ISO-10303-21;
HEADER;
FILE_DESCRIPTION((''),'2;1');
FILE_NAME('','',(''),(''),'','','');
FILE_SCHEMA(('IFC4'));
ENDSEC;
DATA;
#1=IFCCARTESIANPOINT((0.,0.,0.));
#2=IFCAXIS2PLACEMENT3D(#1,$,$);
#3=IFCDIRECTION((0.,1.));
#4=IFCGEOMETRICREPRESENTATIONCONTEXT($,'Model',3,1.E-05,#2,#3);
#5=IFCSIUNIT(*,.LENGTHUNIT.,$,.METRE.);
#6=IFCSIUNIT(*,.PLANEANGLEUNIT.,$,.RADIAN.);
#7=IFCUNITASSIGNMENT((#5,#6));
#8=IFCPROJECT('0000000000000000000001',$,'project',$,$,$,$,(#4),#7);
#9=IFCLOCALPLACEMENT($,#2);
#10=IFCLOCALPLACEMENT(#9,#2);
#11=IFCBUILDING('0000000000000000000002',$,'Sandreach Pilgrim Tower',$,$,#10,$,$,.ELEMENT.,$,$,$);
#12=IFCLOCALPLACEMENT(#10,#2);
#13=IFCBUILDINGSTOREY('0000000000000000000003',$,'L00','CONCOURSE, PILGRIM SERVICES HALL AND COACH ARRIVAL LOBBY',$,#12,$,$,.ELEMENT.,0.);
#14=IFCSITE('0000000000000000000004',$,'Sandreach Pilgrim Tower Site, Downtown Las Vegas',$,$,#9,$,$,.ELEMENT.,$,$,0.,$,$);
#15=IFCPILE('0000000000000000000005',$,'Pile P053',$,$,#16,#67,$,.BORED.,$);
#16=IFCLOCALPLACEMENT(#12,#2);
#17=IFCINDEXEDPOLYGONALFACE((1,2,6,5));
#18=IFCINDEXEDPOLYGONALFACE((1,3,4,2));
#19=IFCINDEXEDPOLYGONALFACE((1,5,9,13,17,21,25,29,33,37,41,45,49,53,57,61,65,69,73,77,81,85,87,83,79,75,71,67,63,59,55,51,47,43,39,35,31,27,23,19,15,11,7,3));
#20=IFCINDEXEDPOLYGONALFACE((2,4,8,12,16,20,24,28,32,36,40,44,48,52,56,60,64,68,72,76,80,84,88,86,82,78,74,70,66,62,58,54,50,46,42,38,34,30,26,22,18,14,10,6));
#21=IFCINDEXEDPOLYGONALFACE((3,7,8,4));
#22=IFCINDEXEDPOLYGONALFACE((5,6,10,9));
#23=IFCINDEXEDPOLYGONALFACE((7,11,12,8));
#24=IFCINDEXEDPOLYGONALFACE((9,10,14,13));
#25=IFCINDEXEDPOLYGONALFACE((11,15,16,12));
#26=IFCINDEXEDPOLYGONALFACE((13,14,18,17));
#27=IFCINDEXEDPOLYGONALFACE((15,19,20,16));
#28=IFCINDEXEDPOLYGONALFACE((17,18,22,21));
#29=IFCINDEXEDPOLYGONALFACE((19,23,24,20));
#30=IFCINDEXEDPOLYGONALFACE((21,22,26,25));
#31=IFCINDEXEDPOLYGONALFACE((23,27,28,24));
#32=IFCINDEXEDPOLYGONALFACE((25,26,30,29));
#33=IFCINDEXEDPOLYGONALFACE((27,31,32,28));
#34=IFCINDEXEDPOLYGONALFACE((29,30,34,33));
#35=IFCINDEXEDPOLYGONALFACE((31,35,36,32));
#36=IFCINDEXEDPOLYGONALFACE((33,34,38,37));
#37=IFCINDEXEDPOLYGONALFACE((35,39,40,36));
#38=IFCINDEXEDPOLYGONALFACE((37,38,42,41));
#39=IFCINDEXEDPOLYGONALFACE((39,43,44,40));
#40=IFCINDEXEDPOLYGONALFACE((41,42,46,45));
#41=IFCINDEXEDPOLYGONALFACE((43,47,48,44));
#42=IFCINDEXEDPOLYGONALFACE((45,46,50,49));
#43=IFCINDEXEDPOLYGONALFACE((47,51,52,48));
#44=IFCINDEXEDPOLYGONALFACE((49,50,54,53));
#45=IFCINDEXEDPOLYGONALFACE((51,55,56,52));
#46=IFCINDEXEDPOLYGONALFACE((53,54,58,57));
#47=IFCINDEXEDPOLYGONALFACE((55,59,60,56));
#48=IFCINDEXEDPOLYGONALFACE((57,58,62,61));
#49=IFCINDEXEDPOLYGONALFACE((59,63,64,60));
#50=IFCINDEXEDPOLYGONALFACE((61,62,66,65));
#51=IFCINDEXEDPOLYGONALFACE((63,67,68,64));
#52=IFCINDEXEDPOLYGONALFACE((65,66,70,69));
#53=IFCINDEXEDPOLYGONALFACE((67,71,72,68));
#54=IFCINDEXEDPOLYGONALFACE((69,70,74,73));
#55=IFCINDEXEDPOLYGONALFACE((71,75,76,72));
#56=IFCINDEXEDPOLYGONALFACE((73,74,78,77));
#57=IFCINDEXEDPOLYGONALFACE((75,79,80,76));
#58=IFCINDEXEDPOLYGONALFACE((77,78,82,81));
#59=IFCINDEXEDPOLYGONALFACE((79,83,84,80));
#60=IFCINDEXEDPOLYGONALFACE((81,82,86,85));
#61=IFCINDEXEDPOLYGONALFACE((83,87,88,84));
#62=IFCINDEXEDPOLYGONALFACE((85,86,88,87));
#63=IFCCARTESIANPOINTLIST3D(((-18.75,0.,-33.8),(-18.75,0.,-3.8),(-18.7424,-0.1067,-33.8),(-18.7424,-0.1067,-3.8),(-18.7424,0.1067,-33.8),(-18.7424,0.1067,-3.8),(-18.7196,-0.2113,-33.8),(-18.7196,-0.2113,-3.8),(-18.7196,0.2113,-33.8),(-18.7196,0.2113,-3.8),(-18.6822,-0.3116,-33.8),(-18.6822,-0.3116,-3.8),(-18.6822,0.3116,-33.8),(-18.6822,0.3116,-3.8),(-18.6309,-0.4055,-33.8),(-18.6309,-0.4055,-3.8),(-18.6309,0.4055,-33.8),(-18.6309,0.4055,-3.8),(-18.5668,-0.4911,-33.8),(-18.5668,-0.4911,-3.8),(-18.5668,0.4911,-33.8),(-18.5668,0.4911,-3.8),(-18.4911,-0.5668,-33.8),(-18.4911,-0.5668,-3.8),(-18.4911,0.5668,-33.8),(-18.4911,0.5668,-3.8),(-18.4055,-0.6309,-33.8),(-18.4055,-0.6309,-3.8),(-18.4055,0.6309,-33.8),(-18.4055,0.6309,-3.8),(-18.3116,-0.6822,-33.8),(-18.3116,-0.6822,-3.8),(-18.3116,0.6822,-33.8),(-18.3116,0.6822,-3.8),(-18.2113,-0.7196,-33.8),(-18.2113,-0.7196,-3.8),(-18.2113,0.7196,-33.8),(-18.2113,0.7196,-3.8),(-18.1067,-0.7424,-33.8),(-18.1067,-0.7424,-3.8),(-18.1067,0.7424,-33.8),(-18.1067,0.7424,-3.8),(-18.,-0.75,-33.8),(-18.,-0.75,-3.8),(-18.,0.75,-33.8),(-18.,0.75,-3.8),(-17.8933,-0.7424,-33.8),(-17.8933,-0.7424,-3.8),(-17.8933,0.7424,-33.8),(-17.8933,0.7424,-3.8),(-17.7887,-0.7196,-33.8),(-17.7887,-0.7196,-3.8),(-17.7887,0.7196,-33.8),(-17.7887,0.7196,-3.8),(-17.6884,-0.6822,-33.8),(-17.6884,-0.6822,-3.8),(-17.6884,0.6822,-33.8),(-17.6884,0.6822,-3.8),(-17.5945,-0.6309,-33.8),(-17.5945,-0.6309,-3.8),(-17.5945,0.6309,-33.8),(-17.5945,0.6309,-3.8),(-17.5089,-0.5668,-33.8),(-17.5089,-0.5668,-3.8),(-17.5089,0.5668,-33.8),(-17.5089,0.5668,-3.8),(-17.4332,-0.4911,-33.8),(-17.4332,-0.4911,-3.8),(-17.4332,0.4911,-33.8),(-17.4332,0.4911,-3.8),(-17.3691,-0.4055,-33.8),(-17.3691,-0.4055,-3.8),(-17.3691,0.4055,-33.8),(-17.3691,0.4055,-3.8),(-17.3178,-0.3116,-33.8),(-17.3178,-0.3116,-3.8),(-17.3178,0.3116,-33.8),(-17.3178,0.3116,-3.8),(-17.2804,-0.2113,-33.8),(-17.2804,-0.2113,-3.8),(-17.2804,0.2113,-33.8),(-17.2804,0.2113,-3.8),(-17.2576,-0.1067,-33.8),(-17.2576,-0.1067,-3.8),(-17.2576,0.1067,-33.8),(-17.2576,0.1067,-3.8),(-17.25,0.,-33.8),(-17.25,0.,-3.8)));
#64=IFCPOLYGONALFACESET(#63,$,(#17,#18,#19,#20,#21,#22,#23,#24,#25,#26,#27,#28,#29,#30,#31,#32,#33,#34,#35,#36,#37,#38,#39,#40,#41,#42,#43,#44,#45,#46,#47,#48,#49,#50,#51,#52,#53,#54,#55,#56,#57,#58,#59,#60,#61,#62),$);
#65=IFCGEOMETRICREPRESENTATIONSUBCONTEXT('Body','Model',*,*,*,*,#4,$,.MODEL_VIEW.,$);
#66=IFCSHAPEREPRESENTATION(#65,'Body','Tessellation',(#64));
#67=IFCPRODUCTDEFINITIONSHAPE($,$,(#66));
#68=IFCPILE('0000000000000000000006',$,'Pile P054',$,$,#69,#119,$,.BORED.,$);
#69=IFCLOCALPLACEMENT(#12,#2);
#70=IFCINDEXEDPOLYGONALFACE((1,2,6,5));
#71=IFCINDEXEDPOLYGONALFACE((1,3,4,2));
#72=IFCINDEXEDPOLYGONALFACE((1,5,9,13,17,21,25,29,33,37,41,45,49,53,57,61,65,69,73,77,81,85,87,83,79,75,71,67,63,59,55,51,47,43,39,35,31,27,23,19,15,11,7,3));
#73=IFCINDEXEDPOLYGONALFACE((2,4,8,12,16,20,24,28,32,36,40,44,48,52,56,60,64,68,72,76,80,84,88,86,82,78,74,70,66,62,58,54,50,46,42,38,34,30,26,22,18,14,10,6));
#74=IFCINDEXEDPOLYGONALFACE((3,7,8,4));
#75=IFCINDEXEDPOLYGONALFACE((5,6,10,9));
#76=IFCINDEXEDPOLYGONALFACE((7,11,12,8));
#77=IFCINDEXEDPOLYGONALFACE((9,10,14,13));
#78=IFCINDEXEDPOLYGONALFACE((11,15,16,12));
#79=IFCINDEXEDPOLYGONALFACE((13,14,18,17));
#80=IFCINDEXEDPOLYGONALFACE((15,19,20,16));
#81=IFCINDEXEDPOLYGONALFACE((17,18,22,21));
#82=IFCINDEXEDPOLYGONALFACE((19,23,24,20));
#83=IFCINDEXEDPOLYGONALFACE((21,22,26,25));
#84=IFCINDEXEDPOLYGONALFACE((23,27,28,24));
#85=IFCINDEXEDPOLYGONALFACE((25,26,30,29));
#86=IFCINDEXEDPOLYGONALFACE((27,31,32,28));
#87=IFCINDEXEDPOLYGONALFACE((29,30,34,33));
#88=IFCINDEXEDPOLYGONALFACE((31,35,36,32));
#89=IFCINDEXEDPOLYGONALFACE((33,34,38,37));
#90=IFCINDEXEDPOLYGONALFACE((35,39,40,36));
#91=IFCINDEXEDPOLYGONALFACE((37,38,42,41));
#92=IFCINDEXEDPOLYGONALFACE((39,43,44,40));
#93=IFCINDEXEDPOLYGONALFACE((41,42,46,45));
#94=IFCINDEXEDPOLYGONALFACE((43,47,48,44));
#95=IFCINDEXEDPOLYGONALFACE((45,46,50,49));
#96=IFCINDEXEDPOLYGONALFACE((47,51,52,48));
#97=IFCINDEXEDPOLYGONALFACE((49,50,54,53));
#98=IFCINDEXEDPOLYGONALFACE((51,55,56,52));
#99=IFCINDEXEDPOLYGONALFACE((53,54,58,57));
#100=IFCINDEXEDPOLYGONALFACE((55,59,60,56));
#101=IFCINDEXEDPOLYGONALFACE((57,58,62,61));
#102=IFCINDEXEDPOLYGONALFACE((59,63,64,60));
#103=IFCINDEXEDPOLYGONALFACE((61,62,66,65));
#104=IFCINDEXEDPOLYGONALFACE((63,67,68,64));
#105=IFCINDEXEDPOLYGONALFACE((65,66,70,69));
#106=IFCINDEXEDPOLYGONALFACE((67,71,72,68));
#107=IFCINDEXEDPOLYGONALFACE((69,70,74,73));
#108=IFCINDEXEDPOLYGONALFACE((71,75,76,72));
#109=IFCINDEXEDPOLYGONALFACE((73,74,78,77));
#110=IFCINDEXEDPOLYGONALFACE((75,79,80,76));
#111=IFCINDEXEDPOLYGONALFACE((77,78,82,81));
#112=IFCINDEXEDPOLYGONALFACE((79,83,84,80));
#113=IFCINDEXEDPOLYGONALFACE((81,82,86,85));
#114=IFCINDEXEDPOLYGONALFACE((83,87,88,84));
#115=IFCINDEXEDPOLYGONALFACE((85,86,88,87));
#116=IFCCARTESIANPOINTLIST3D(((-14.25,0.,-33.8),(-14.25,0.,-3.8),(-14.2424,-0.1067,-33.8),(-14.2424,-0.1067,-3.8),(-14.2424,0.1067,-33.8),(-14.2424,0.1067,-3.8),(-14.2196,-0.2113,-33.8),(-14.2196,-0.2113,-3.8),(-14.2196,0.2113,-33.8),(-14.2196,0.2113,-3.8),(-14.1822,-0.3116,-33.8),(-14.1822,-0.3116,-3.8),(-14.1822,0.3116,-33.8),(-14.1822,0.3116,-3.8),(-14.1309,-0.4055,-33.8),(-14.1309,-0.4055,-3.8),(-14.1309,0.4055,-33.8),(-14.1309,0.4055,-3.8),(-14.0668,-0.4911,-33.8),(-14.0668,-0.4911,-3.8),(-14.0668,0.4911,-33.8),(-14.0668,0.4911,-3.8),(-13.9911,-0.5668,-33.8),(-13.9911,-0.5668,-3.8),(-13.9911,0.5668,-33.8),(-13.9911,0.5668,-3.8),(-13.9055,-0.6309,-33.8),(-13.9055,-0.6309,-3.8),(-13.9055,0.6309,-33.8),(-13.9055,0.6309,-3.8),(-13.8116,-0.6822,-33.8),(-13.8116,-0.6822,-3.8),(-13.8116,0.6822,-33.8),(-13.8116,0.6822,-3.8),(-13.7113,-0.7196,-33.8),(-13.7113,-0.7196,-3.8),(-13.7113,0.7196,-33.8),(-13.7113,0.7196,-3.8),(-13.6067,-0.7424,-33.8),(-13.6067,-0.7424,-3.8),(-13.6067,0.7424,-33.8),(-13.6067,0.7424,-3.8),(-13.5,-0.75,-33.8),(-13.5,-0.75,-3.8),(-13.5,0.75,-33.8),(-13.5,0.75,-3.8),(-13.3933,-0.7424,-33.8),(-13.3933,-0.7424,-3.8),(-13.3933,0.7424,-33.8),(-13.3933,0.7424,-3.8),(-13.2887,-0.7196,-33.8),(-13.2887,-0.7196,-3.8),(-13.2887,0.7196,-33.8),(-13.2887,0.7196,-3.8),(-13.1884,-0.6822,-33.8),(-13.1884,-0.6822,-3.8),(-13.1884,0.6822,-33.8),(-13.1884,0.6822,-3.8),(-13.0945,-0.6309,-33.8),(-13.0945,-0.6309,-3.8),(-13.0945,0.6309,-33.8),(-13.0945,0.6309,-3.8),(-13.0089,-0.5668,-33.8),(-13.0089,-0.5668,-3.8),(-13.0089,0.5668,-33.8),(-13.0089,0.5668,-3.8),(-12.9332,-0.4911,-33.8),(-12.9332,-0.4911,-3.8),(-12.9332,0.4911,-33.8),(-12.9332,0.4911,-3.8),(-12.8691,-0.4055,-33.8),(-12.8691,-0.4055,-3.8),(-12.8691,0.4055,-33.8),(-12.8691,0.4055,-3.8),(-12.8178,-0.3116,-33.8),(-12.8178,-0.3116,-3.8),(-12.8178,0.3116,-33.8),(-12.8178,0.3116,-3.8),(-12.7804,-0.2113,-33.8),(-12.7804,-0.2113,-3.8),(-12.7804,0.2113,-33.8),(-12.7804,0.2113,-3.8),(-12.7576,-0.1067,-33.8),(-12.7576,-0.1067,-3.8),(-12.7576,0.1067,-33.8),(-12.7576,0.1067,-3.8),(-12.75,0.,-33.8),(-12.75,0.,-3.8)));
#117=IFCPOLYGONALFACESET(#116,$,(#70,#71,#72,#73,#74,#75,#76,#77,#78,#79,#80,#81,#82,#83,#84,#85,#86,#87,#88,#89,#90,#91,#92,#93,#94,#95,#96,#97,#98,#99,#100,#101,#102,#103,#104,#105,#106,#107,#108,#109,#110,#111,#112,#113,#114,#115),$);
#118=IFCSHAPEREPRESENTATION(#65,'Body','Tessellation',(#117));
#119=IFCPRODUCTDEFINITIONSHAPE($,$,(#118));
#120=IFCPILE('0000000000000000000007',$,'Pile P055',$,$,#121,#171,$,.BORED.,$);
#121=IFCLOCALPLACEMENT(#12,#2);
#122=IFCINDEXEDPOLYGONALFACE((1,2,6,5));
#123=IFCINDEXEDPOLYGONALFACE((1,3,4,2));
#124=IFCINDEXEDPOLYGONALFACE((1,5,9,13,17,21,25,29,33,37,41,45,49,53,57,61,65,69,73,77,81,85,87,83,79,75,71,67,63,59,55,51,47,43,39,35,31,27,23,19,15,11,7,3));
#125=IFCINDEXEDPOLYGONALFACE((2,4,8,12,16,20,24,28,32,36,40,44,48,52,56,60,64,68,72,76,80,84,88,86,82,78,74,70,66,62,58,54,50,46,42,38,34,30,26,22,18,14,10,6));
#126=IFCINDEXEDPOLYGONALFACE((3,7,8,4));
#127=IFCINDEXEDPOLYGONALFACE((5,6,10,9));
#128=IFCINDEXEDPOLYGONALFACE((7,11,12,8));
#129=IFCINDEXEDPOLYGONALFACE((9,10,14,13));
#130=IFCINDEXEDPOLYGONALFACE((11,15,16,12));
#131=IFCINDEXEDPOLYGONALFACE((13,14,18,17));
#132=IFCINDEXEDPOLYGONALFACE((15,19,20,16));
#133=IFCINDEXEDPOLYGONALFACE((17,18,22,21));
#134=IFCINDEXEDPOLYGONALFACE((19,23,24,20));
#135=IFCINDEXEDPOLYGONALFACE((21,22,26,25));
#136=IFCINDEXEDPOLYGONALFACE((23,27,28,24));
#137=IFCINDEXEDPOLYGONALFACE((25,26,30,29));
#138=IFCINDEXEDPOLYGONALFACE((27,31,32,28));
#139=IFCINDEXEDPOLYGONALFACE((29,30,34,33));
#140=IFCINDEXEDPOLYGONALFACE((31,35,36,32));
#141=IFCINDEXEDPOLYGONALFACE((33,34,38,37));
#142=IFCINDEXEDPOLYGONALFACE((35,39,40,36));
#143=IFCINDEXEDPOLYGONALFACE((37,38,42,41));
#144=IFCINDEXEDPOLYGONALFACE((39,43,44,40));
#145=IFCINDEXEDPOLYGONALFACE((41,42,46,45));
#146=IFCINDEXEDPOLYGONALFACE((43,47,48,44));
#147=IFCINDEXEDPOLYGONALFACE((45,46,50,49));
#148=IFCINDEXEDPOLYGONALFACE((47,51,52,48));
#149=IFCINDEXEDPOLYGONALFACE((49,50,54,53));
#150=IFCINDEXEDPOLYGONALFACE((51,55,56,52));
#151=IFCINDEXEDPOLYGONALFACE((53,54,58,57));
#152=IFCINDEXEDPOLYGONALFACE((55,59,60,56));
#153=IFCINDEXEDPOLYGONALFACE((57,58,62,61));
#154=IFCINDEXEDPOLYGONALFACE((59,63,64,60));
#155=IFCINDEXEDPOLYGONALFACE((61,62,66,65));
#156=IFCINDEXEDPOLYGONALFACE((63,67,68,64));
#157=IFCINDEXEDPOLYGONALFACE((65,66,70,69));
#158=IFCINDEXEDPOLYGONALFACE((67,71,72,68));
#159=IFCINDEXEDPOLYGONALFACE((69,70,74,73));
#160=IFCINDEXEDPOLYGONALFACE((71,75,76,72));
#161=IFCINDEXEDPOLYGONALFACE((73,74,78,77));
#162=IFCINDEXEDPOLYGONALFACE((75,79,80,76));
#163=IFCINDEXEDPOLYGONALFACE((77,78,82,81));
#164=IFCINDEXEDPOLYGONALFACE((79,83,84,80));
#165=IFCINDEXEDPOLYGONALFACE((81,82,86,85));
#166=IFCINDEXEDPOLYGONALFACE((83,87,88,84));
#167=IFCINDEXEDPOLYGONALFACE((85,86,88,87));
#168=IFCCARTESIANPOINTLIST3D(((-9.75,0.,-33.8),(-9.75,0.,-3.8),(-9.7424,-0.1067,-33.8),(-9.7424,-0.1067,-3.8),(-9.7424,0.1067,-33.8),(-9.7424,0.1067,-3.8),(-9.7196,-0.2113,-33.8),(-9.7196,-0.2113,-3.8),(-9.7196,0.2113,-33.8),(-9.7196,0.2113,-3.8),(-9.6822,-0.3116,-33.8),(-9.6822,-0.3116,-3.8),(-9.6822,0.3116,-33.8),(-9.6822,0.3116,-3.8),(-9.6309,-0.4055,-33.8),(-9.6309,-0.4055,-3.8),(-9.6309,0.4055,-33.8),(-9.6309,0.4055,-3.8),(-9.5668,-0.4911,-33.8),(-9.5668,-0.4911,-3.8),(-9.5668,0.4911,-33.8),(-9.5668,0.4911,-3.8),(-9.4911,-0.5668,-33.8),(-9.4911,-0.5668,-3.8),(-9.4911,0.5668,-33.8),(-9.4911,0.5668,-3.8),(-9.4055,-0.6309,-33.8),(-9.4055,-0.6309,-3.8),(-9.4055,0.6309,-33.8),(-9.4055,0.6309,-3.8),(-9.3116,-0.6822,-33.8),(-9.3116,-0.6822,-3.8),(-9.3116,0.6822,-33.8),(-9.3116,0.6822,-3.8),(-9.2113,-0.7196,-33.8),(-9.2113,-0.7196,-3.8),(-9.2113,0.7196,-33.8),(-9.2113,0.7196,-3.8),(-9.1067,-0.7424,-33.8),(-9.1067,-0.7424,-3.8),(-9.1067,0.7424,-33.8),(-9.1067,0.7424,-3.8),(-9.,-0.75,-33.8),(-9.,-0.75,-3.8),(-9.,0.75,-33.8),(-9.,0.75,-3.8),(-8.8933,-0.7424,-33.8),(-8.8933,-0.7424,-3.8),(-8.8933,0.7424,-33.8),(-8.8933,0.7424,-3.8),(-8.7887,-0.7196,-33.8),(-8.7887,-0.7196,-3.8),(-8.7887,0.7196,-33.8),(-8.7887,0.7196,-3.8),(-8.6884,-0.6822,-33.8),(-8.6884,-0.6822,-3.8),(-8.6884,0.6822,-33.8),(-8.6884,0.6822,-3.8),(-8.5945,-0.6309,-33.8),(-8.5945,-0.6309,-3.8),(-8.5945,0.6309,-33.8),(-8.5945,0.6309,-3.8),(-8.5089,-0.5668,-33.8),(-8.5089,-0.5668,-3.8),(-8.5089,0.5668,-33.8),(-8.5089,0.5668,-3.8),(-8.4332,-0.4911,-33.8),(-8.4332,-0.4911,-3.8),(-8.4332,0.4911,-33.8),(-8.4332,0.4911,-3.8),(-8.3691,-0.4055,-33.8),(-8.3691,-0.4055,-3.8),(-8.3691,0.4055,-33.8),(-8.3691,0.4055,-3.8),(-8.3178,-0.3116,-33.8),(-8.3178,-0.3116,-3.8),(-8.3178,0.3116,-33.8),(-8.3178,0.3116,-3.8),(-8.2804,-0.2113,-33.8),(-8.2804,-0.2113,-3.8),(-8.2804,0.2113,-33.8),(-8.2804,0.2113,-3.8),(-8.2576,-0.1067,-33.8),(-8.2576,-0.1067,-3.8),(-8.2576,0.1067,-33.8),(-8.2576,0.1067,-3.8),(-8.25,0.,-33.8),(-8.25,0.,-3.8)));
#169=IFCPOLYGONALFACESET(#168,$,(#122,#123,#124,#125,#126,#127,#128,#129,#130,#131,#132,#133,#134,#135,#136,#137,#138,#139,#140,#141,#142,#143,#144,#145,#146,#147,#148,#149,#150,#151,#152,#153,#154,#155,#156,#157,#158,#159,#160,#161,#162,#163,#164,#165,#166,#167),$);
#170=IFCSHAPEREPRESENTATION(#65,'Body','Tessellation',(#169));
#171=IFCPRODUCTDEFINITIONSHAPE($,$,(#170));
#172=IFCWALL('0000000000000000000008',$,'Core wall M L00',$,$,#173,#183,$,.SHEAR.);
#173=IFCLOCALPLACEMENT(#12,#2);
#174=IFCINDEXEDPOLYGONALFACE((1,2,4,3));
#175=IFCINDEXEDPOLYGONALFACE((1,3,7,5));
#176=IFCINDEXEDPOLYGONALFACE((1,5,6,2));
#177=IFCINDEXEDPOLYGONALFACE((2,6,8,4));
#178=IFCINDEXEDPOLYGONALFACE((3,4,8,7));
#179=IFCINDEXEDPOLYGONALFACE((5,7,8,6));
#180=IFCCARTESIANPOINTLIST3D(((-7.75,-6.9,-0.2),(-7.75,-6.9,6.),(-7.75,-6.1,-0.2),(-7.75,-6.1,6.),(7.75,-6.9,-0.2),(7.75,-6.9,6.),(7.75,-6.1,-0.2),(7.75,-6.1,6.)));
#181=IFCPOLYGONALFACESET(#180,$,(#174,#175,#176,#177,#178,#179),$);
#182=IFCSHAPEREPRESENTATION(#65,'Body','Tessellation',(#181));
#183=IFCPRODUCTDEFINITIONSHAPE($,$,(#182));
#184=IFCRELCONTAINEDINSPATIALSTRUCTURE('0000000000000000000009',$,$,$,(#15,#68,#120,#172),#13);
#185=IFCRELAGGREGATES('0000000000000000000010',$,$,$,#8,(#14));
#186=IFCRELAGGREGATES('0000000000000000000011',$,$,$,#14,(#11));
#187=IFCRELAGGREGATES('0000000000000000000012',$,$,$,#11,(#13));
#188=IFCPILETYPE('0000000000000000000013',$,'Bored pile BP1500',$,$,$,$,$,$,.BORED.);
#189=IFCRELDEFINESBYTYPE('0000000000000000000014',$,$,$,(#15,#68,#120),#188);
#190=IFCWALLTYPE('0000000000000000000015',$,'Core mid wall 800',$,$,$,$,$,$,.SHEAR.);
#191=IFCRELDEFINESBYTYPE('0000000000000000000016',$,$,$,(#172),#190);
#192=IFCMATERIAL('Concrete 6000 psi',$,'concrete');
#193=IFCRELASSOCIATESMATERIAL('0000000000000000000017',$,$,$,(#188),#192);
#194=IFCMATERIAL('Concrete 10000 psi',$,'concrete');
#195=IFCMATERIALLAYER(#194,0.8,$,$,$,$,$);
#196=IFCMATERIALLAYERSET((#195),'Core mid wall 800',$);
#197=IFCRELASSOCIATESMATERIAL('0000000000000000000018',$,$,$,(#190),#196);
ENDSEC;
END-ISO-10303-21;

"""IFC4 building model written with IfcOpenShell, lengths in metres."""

from ifc_helpers import new_model, si_unit, direction, frame, frame_2d, origin, origin_2d, place, context, subcontext, project, spatial, rectangle, circle, extrude, material, layer, layer_set, material_profile, profile_set, type_object, element, save


model = new_model("IFC4")

# Units and contexts
model_context = context("Model", 3, precision=1e-05, world=origin(), true_north=direction((0.0, 1.0)))
body_context = subcontext(model_context, "Body", "Model", "MODEL_VIEW")
ifc_project = project(units=[si_unit("LENGTHUNIT", "METRE"), si_unit("PLANEANGLEUNIT", "RADIAN")], contexts=[model_context])

# Site, building, storey
site_placement = place(None, origin())
site = spatial("IfcSite", under=ifc_project, at=site_placement, Name="Sandreach Pilgrim Tower Site, Downtown Las Vegas", CompositionType="ELEMENT", RefElevation=0.0)
building_placement = place(site_placement, origin())
building = spatial("IfcBuilding", under=site, at=building_placement, Name="Sandreach Pilgrim Tower", CompositionType="ELEMENT")
storey_placement = place(building_placement, origin())
storey = spatial("IfcBuildingStorey", under=building, at=storey_placement, Name="L00", Description="CONCOURSE, PILGRIM SERVICES HALL AND COACH ARRIVAL LOBBY", CompositionType="ELEMENT", Elevation=0.0)

# Piles
ifc_material_1 = material(Name="Concrete 6000 psi", Category="concrete")
ifc_material_profile = material_profile(ifc_material_1, circle(Radius=0.75, at=origin_2d()), Name="BP1500")
ifc_profile_set = profile_set([ifc_material_profile], Name="Concrete 6000 psi")
pile_type = type_object("IfcPileType", Name="Bored pile BP1500", PredefinedType="BORED", material=ifc_profile_set)
for number, where, z_axis, x_axis, name in (
    (1, (-18.0, 0.0, -3.8), (0.0, 0.0, -1.0), (1.0, 0.0, 0.0), "Pile P053"),
    (2, (-13.5, 0.0, -3.8), (0.0, 0.0, -1.0), (1.0, 0.0, 0.0), "Pile P054"),
    (3, (-9.0, 0.0, -3.8), (0.0, 0.0, -1.0), (1.0, 0.0, 0.0), "Pile P055"),
):
    element("IfcPile", number, at=place(storey_placement, frame(where, z_axis=z_axis, x_axis=x_axis)), inside=storey, type_object=pile_type, Name=name, PredefinedType="BORED", context=body_context, shape_type="SweptSolid", body=[
        extrude(circle(Radius=0.75, at=origin_2d()), origin(), (0.0, 0.0, 1.0), 30.0),
    ])

# Wall
ifc_material_2 = material(Name="Concrete 10000 psi", Category="concrete")
ifc_layer_1 = layer(ifc_material_2, 0.8)
ifc_layer_set_1 = layer_set([ifc_layer_1], Name="Core mid wall 800")
wall_type_1 = type_object("IfcWallType", Name="Core mid wall 800", PredefinedType="SHEAR", material=ifc_layer_set_1)
wall_1_placement = place(storey_placement, frame((-7.75, -6.5, -0.2), z_axis=(0.0, 0.0, 1.0), x_axis=(1.0, 0.0, 0.0)))
element("IfcWall", 4, at=wall_1_placement, inside=storey, type_object=wall_type_1, Name="Core wall M L00", PredefinedType="SHEAR", context=body_context, shape_type="SweptSolid", body=[
    extrude(rectangle(XDim=15.5, YDim=0.8, at=frame_2d((7.75, 0.0))), origin(), (0.0, 0.0, 1.0), 6.2),
])

save(model, "model.ifc")
